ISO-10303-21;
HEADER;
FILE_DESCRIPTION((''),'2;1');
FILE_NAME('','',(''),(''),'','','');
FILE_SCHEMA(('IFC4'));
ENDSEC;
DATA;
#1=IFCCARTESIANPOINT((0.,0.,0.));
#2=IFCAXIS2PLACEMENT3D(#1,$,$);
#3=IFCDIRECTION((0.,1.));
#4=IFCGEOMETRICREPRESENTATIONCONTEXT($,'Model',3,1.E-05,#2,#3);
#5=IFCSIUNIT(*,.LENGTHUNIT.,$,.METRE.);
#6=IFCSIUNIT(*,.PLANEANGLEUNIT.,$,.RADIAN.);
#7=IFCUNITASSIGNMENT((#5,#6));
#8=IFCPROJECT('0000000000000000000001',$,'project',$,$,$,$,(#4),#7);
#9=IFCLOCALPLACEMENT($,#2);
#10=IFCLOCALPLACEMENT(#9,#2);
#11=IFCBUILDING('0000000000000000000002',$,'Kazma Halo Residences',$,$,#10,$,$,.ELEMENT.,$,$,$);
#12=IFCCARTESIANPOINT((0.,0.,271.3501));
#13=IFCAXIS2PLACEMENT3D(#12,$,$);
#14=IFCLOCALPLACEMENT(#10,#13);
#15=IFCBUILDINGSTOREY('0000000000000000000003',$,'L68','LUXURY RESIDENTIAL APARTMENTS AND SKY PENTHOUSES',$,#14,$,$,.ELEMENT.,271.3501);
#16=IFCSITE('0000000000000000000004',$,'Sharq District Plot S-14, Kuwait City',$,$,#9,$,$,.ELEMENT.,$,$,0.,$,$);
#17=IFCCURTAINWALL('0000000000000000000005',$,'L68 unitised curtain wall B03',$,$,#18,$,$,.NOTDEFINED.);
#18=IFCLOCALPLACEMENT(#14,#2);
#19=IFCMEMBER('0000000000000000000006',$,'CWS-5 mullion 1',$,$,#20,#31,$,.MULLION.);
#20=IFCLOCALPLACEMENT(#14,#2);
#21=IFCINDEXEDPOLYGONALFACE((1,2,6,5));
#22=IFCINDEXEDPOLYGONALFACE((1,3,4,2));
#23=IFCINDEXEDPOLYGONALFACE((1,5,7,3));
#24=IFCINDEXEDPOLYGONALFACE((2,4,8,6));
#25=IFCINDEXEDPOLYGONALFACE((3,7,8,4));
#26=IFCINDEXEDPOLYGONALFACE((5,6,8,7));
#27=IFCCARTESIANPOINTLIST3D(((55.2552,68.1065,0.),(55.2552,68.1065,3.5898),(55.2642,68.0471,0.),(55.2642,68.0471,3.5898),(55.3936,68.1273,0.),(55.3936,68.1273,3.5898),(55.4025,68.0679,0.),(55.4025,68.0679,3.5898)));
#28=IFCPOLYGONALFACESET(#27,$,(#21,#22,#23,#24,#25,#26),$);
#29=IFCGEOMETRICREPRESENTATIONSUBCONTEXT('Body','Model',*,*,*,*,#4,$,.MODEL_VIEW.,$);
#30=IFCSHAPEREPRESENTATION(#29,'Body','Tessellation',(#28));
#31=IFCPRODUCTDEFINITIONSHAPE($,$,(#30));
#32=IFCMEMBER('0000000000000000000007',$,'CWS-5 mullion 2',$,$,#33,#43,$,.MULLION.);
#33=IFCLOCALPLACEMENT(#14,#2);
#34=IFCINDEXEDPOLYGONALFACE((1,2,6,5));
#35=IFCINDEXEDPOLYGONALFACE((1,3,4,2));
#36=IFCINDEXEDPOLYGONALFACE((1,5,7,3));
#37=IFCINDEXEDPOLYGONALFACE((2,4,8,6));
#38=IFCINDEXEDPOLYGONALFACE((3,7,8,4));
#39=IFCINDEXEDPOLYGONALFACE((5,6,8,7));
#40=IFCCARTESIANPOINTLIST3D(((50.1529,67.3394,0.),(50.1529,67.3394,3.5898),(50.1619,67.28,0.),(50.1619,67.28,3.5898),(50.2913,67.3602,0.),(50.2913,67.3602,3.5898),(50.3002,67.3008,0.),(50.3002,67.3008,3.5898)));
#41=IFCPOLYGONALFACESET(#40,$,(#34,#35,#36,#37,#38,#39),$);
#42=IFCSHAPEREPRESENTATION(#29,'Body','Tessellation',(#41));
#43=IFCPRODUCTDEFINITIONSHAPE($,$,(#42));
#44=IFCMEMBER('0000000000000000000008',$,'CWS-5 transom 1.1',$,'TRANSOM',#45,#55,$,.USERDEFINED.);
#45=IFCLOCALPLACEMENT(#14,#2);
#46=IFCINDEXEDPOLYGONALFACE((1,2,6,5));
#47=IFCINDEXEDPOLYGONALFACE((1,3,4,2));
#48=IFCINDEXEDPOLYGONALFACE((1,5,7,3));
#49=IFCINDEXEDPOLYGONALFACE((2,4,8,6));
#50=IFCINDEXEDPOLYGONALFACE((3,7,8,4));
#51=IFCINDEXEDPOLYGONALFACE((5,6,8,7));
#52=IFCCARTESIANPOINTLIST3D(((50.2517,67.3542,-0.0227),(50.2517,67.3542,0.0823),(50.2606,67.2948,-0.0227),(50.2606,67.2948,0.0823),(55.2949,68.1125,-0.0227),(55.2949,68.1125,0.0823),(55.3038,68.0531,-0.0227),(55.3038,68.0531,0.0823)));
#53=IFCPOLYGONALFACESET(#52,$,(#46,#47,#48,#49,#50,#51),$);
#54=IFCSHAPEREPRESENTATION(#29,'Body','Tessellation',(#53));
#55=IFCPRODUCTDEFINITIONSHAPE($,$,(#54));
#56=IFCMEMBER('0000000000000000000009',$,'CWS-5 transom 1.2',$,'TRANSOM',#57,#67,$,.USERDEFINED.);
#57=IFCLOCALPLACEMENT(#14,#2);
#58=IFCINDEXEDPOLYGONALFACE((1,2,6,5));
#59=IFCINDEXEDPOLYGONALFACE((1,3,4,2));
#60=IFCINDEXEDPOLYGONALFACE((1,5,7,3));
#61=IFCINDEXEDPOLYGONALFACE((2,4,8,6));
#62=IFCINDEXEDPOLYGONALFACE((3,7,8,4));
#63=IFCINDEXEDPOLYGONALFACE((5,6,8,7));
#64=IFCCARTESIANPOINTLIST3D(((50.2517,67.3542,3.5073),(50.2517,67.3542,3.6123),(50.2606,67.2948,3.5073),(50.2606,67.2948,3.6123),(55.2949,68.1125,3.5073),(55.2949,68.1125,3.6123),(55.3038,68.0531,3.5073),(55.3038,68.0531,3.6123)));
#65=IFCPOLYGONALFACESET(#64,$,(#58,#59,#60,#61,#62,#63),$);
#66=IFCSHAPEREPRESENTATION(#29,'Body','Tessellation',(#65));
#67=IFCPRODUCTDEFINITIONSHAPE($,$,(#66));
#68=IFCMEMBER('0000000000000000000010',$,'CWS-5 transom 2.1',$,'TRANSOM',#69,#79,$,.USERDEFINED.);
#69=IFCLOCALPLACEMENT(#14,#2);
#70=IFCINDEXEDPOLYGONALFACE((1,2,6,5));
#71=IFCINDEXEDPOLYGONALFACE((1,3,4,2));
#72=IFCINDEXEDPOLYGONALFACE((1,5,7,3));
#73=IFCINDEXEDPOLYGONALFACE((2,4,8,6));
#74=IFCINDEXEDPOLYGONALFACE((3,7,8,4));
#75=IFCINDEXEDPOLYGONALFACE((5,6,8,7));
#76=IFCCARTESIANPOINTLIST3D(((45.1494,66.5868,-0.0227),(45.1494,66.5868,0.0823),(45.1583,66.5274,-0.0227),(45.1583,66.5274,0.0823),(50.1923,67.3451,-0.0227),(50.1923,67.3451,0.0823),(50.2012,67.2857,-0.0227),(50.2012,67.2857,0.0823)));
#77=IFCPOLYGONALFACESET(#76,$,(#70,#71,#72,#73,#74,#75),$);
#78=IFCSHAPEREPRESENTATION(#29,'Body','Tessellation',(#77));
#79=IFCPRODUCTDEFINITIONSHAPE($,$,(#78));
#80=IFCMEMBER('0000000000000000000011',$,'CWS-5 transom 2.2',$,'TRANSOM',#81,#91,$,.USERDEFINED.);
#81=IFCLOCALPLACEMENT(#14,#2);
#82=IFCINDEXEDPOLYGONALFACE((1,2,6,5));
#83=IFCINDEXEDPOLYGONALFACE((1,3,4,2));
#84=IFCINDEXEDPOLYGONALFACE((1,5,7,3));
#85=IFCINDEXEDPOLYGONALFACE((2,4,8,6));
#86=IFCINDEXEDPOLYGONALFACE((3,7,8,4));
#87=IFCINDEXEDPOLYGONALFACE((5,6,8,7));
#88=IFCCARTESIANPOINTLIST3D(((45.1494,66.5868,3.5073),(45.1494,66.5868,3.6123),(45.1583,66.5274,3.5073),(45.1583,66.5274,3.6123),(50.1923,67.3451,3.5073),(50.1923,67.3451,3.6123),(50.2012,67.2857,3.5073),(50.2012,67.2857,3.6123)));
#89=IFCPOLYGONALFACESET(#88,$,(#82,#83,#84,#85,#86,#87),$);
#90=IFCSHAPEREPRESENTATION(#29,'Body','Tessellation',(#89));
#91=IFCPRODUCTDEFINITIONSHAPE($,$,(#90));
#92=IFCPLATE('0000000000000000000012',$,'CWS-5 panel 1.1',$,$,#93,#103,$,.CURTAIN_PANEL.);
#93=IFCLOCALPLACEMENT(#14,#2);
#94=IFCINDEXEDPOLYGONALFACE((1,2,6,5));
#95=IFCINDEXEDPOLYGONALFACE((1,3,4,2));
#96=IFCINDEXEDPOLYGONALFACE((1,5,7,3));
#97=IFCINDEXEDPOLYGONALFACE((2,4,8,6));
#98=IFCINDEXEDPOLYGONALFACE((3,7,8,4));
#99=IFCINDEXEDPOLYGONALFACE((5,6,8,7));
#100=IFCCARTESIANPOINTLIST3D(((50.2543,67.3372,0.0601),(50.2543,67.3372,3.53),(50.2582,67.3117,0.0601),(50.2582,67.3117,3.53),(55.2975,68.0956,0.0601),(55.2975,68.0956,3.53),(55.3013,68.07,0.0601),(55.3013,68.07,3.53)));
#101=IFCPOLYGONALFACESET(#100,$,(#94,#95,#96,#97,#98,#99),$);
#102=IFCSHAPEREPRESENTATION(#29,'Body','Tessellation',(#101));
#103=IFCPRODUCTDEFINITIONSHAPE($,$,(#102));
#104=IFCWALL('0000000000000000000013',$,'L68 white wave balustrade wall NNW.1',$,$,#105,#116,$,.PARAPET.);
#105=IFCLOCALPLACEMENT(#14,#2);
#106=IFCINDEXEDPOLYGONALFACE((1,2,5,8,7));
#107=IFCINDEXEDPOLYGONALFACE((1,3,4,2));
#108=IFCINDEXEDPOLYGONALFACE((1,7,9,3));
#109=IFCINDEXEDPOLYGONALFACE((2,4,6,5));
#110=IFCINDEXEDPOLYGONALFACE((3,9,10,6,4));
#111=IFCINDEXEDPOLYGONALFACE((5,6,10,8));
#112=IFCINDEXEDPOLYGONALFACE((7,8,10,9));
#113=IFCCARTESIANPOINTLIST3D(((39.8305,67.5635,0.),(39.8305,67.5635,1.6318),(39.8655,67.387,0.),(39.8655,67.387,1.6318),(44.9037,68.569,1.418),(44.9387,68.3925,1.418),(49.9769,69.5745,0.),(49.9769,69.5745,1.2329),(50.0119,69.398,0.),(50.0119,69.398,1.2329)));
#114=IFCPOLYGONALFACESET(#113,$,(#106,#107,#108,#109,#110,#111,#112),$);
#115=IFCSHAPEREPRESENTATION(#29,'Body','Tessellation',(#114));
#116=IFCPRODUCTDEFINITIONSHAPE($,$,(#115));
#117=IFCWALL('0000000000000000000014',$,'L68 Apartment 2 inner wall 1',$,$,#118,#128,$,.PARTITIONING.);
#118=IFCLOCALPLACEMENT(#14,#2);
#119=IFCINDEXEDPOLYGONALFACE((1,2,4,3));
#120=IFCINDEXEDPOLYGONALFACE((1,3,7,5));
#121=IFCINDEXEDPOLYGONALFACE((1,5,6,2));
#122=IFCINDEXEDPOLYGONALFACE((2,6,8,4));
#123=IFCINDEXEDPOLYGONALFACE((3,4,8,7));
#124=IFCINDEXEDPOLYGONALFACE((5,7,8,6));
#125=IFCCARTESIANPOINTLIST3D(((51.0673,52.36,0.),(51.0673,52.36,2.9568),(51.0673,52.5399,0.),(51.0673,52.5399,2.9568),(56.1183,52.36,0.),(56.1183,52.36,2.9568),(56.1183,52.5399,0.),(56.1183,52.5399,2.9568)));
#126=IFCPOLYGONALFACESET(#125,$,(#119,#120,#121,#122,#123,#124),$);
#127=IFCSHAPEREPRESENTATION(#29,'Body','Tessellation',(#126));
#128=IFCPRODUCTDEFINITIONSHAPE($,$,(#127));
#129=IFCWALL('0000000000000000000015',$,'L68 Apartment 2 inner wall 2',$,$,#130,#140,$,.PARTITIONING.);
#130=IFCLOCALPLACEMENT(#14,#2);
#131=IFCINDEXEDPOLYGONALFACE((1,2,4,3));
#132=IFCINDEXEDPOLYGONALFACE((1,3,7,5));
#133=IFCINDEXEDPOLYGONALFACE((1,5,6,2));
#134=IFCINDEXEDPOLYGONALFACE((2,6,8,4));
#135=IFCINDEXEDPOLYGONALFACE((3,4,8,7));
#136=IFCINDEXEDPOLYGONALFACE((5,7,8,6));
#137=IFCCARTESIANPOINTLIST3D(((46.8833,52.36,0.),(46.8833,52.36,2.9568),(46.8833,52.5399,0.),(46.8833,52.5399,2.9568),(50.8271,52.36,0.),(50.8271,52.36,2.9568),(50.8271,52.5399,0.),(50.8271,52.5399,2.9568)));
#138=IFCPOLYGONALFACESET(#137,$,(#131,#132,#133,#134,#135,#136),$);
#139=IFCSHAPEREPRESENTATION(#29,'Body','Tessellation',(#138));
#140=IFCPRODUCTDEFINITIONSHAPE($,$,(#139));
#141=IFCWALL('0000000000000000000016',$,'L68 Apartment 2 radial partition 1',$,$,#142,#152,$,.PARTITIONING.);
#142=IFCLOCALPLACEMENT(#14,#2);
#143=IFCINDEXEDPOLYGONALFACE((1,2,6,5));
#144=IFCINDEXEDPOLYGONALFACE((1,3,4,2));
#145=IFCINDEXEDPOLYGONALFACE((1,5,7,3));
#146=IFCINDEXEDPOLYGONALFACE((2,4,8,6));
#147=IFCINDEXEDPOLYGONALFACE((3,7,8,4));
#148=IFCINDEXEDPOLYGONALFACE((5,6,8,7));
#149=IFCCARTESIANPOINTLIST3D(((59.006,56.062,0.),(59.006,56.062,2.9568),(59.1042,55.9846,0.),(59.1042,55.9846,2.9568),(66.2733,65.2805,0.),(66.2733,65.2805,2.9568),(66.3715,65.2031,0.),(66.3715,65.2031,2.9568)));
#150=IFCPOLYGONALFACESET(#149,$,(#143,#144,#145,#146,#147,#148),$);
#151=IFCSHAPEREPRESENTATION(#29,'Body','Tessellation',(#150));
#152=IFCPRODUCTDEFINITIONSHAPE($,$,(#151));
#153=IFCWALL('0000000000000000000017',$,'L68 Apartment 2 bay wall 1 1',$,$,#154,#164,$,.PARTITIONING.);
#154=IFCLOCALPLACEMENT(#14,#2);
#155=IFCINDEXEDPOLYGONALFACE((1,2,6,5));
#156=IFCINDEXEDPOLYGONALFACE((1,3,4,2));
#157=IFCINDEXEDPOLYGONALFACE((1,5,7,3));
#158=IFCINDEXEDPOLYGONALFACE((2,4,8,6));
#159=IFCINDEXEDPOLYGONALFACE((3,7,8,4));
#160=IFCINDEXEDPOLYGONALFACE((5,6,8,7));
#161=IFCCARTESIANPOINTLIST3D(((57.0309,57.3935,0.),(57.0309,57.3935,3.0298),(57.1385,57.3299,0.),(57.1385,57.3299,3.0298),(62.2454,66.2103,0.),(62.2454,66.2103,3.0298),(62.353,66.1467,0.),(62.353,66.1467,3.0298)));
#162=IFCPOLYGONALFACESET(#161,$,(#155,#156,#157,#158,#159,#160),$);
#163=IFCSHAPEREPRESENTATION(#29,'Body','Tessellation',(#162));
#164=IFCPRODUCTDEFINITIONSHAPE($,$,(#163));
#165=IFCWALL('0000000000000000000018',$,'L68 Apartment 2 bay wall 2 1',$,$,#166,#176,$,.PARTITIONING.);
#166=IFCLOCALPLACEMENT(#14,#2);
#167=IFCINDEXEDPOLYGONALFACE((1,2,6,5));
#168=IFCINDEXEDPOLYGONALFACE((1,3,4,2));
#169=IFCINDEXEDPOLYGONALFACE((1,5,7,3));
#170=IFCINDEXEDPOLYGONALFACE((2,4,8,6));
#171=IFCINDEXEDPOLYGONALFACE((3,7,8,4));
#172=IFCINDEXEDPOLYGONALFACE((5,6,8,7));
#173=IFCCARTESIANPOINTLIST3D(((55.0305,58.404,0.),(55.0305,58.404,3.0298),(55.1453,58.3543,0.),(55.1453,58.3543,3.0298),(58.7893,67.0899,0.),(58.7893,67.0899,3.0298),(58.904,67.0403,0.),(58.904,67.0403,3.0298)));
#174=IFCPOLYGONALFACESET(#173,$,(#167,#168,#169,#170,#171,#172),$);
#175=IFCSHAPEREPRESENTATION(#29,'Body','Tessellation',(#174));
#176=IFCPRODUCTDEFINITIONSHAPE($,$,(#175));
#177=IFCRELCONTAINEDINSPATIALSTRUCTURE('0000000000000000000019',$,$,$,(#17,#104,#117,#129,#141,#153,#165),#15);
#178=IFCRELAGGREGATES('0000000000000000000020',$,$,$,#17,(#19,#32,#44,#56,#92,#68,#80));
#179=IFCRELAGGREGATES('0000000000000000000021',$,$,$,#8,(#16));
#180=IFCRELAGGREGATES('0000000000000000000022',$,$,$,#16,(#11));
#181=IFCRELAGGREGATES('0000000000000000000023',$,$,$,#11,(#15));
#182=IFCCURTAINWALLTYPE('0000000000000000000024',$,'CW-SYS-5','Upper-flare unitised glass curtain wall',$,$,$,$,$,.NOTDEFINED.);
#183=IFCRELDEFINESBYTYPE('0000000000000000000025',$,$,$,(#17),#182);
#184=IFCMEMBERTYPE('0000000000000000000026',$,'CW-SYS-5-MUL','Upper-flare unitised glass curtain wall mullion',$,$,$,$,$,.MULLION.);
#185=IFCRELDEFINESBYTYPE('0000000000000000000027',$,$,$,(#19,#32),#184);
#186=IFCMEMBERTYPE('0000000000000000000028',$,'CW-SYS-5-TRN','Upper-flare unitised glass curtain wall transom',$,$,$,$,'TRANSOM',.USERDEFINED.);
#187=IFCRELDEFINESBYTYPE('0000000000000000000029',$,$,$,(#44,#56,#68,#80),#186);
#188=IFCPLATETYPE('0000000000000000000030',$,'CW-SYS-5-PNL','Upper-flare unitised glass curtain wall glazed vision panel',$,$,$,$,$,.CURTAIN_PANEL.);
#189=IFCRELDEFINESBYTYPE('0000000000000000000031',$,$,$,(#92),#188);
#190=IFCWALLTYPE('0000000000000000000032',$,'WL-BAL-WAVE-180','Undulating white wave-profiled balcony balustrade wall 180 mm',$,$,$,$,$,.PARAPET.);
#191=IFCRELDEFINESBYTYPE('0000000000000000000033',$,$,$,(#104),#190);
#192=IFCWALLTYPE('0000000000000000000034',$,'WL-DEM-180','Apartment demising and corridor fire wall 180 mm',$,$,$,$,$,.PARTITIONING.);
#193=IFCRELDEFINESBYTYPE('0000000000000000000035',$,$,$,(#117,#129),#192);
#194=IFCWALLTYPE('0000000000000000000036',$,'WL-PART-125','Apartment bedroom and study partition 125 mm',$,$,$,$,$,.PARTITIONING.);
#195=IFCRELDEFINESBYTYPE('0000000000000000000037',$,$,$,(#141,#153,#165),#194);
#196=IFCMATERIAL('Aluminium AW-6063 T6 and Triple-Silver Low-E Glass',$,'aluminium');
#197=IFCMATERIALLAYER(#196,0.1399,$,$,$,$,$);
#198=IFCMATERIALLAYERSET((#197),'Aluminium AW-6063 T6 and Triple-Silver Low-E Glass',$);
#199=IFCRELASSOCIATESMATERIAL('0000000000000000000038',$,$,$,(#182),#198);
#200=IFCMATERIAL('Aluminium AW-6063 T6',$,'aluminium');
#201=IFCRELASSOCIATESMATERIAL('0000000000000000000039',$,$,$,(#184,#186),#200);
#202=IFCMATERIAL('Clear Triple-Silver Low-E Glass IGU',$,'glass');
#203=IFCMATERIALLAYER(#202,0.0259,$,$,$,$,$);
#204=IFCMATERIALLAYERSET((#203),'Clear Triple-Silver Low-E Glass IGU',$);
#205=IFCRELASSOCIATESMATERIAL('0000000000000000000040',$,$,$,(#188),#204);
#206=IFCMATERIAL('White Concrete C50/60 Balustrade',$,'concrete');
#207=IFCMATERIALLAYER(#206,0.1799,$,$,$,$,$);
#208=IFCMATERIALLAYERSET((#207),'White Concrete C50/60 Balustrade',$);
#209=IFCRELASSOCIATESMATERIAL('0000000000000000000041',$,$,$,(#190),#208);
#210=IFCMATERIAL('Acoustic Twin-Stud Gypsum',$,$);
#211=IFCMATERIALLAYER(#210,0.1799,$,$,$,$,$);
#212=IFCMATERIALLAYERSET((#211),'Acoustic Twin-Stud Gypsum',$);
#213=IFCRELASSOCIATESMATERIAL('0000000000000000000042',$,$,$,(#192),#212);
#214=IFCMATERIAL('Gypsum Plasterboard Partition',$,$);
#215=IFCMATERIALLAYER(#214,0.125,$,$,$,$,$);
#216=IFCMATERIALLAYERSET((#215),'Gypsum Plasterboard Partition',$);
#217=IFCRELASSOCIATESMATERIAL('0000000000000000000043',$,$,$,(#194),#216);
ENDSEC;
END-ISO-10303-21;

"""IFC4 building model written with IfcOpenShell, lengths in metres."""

from ifc_helpers import new_model, si_unit, direction, frame, frame_2d, origin, origin_2d, place, context, subcontext, project, spatial, polyline, rectangle, outline, extrude, material, layer, layer_set, material_profile, profile_set, type_object, element, aggregate, save


model = new_model("IFC4")

# Units and contexts
model_context = context("Model", 3, precision=1e-05, world=origin(), true_north=direction((0.0, 1.0)))
body_context = subcontext(model_context, "Body", "Model", "MODEL_VIEW")
ifc_project = project(units=[si_unit("LENGTHUNIT", "METRE"), si_unit("PLANEANGLEUNIT", "RADIAN")], contexts=[model_context])

# Site, building, storey
site_placement = place(None, origin())
site = spatial("IfcSite", under=ifc_project, at=site_placement, Name="Sharq District Plot S-14, Kuwait City", CompositionType="ELEMENT", RefElevation=0.0)
building_placement = place(site_placement, origin())
building = spatial("IfcBuilding", under=site, at=building_placement, Name="Kazma Halo Residences", CompositionType="ELEMENT")
storey_placement = place(building_placement, frame((0.0, 0.0, 271.3501)))
storey = spatial("IfcBuildingStorey", under=building, at=storey_placement, Name="L68", Description="LUXURY RESIDENTIAL APARTMENTS AND SKY PENTHOUSES", CompositionType="ELEMENT", Elevation=271.3501)

# Curtain wall, members, plate
ifc_material_1 = material(Name="Aluminium AW-6063 T6 and Triple-Silver Low-E Glass", Category="aluminium")
ifc_layer_1 = layer(ifc_material_1, 0.1399)
ifc_layer_set_1 = layer_set([ifc_layer_1], Name="Aluminium AW-6063 T6 and Triple-Silver Low-E Glass")
curtain_wall_type = type_object("IfcCurtainWallType", Name="CW-SYS-5", Description="Upper-flare unitised glass curtain wall", PredefinedType="NOTDEFINED", material=ifc_layer_set_1)
curtain_wall_placement = place(storey_placement, origin())
curtain_wall = element("IfcCurtainWall", 1, at=curtain_wall_placement, inside=storey, type_object=curtain_wall_type, Name="L68 unitised curtain wall B03", PredefinedType="NOTDEFINED")
ifc_material_2 = material(Name="Aluminium AW-6063 T6", Category="aluminium")
ifc_material_profile_1 = material_profile(ifc_material_2, rectangle(XDim=0.0601, YDim=0.1399, at=origin_2d()), Name="CWM-60x140")
ifc_profile_set_1 = profile_set([ifc_material_profile_1], Name="Aluminium AW-6063 T6")
member_type_1 = type_object("IfcMemberType", Name="CW-SYS-5-MUL", Description="Upper-flare unitised glass curtain wall mullion", PredefinedType="MULLION", material=ifc_profile_set_1)
member_1_placement = place(storey_placement, frame((55.3289, 68.0872, 0.0), z_axis=(0.0, 0.0, 1.0), x_axis=(0.148697, -0.988883, 0.0)))
member_1 = element("IfcMember", 2, at=member_1_placement, type_object=member_type_1, Name="CWS-5 mullion 1", PredefinedType="MULLION", context=body_context, shape_type="SweptSolid", body=[
    extrude(rectangle(XDim=0.0601, YDim=0.1399, at=origin_2d()), origin(), (0.0, 0.0, 1.0), 3.5898),
])
member_2_placement = place(storey_placement, frame((50.2266, 67.3201, 0.0), z_axis=(0.0, 0.0, 1.0), x_axis=(0.148697, -0.988883, 0.0)))
member_2 = element("IfcMember", 3, at=member_2_placement, type_object=member_type_1, Name="CWS-5 mullion 2", PredefinedType="MULLION", context=body_context, shape_type="SweptSolid", body=[
    extrude(rectangle(XDim=0.0601, YDim=0.1399, at=origin_2d()), origin(), (0.0, 0.0, 1.0), 3.5898),
])
ifc_material_profile_2 = material_profile(ifc_material_2, rectangle(XDim=0.0601, YDim=0.105, at=origin_2d()), Name="CWT-60x105")
ifc_profile_set_2 = profile_set([ifc_material_profile_2], Name="Aluminium AW-6063 T6")
member_type_2 = type_object("IfcMemberType", Name="CW-SYS-5-TRN", Description="Upper-flare unitised glass curtain wall transom", ElementType="TRANSOM", PredefinedType="USERDEFINED", material=ifc_profile_set_2)
member_3_placement = place(storey_placement, frame((55.2993, 68.0828, 0.0298), z_axis=(-0.988884, -0.148689, 0.0), x_axis=(0.148689, -0.988884, 0.0)))
member_3 = element("IfcMember", 4, at=member_3_placement, type_object=member_type_2, Name="CWS-5 transom 1.1", ObjectType="TRANSOM", PredefinedType="USERDEFINED", context=body_context, shape_type="SweptSolid", body=[
    extrude(rectangle(XDim=0.0601, YDim=0.105, at=origin_2d()), origin(), (0.0, 0.0, 1.0), 5.0999),
])
member_4_placement = place(storey_placement, frame((55.2993, 68.0828, 3.5598), z_axis=(-0.988884, -0.148689, 0.0), x_axis=(0.148689, -0.988884, 0.0)))
member_4 = element("IfcMember", 5, at=member_4_placement, type_object=member_type_2, Name="CWS-5 transom 1.2", ObjectType="TRANSOM", PredefinedType="USERDEFINED", context=body_context, shape_type="SweptSolid", body=[
    extrude(rectangle(XDim=0.0601, YDim=0.105, at=origin_2d()), origin(), (0.0, 0.0, 1.0), 5.0999),
])
member_5_placement = place(storey_placement, frame((50.1968, 67.3154, 0.0298), z_axis=(-0.988883, -0.148696, 0.0), x_axis=(0.148696, -0.988883, 0.0)))
member_5 = element("IfcMember", 6, at=member_5_placement, type_object=member_type_2, Name="CWS-5 transom 2.1", ObjectType="TRANSOM", PredefinedType="USERDEFINED", context=body_context, shape_type="SweptSolid", body=[
    extrude(rectangle(XDim=0.0601, YDim=0.105, at=origin_2d()), origin(), (0.0, 0.0, 1.0), 5.0996),
])
member_6_placement = place(storey_placement, frame((50.1968, 67.3154, 3.5598), z_axis=(-0.988883, -0.148696, 0.0), x_axis=(0.148696, -0.988883, 0.0)))
member_6 = element("IfcMember", 7, at=member_6_placement, type_object=member_type_2, Name="CWS-5 transom 2.2", ObjectType="TRANSOM", PredefinedType="USERDEFINED", context=body_context, shape_type="SweptSolid", body=[
    extrude(rectangle(XDim=0.0601, YDim=0.105, at=origin_2d()), origin(), (0.0, 0.0, 1.0), 5.0996),
])
ifc_material_3 = material(Name="Clear Triple-Silver Low-E Glass IGU", Category="glass")
ifc_layer_2 = layer(ifc_material_3, 0.0259)
ifc_layer_set_2 = layer_set([ifc_layer_2], Name="Clear Triple-Silver Low-E Glass IGU")
plate_type = type_object("IfcPlateType", Name="CW-SYS-5-PNL", Description="Upper-flare unitised glass curtain wall glazed vision panel", PredefinedType="CURTAIN_PANEL", material=ifc_layer_set_2)
plate_placement = place(storey_placement, frame((52.7778, 67.7036, 0.0601), z_axis=(0.0, 0.0, 1.0), x_axis=(-0.988883, -0.148697, 0.0)))
plate = element("IfcPlate", 8, at=plate_placement, type_object=plate_type, Name="CWS-5 panel 1.1", PredefinedType="CURTAIN_PANEL", context=body_context, shape_type="SweptSolid", body=[
    extrude(rectangle(XDim=5.0999, YDim=0.0259, at=origin_2d()), origin(), (0.0, 0.0, 1.0), 3.47),
])
aggregate(curtain_wall, [member_1, member_2, member_3, member_4, plate, member_5, member_6])

# Walls
ifc_material_4 = material(Name="White Concrete C50/60 Balustrade", Category="concrete")
ifc_layer_3 = layer(ifc_material_4, 0.1799)
ifc_layer_set_3 = layer_set([ifc_layer_3], Name="White Concrete C50/60 Balustrade")
wall_type_1 = type_object("IfcWallType", Name="WL-BAL-WAVE-180", Description="Undulating white wave-profiled balcony balustrade wall 180 mm", PredefinedType="PARAPET", material=ifc_layer_set_3)
wall_1_placement = place(storey_placement, frame((49.9944, 69.4861, 0.0), z_axis=(0.0, 0.0, 1.0), x_axis=(-0.98092, -0.194414, 0.0)))
element("IfcWall", 9, at=wall_1_placement, inside=storey, type_object=wall_type_1, Name="L68 white wave balustrade wall NNW.1", PredefinedType="PARAPET", context=body_context, shape_type="SweptSolid", body=[
    extrude(outline(polyline([(0.0, 0.0), (10.3438, 0.0), (10.3438, 1.6318), (5.1719, 1.418), (0.0, 1.2329), (0.0, 0.0)])), frame((0.0, 0.0898, 0.0), z_axis=(0.0, -1.0, 0.0), x_axis=(1.0, 0.0, 0.0)), (0.0, 0.0, 1.0), 0.1799),
])
ifc_material_5 = material(Name="Acoustic Twin-Stud Gypsum")
ifc_layer_4 = layer(ifc_material_5, 0.1799)
ifc_layer_set_4 = layer_set([ifc_layer_4], Name="Acoustic Twin-Stud Gypsum")
wall_type_2 = type_object("IfcWallType", Name="WL-DEM-180", Description="Apartment demising and corridor fire wall 180 mm", PredefinedType="PARTITIONING", material=ifc_layer_set_4)
wall_2_placement = place(storey_placement, frame((56.1182, 52.45, 0.0), z_axis=(0.0, 0.0, 1.0), x_axis=(-1.0, 0.0, 0.0)))
element("IfcWall", 10, at=wall_2_placement, inside=storey, type_object=wall_type_2, Name="L68 Apartment 2 inner wall 1", PredefinedType="PARTITIONING", context=body_context, shape_type="SweptSolid", body=[
    extrude(rectangle(XDim=5.051, YDim=0.1799, at=frame_2d((2.5254, 0.0))), origin(), (0.0, 0.0, 1.0), 2.9568),
])
wall_3_placement = place(storey_placement, frame((50.8271, 52.45, 0.0), z_axis=(0.0, 0.0, 1.0), x_axis=(-1.0, 0.0, 0.0)))
element("IfcWall", 11, at=wall_3_placement, inside=storey, type_object=wall_type_2, Name="L68 Apartment 2 inner wall 2", PredefinedType="PARTITIONING", context=body_context, shape_type="SweptSolid", body=[
    extrude(rectangle(XDim=3.9438, YDim=0.1799, at=frame_2d((1.9719, 0.0))), origin(), (0.0, 0.0, 1.0), 2.9568),
])
ifc_material_6 = material(Name="Gypsum Plasterboard Partition")
ifc_layer_5 = layer(ifc_material_6, 0.125)
ifc_layer_set_5 = layer_set([ifc_layer_5], Name="Gypsum Plasterboard Partition")
wall_type_3 = type_object("IfcWallType", Name="WL-PART-125", Description="Apartment bedroom and study partition 125 mm", PredefinedType="PARTITIONING", material=ifc_layer_set_5)
wall_4_placement = place(storey_placement, frame((59.0552, 56.0234, 0.0), z_axis=(0.0, 0.0, 1.0), x_axis=(0.619097, 0.785315, 0.0)))
element("IfcWall", 12, at=wall_4_placement, inside=storey, type_object=wall_type_3, Name="L68 Apartment 2 radial partition 1", PredefinedType="PARTITIONING", context=body_context, shape_type="SweptSolid", body=[
    extrude(rectangle(XDim=11.7385, YDim=0.125, at=frame_2d((5.8691, 0.0))), origin(), (0.0, 0.0, 1.0), 2.9568),
])
wall_5_placement = place(storey_placement, frame((57.0847, 57.3618, 0.0), z_axis=(0.0, 0.0, 1.0), x_axis=(0.509063, 0.860729, 0.0)))
element("IfcWall", 13, at=wall_5_placement, inside=storey, type_object=wall_type_3, Name="L68 Apartment 2 bay wall 1 1", PredefinedType="PARTITIONING", context=body_context, shape_type="SweptSolid", body=[
    extrude(rectangle(XDim=10.2434, YDim=0.125, at=frame_2d((5.1216, 0.0))), origin(), (0.0, 0.0, 1.0), 3.0298),
])
wall_6_placement = place(storey_placement, frame((55.0879, 58.3792, 0.0), z_axis=(0.0, 0.0, 1.0), x_axis=(0.397148, 0.917754, 0.0)))
element("IfcWall", 14, at=wall_6_placement, inside=storey, type_object=wall_type_3, Name="L68 Apartment 2 bay wall 2 1", PredefinedType="PARTITIONING", context=body_context, shape_type="SweptSolid", body=[
    extrude(rectangle(XDim=9.4644, YDim=0.125, at=frame_2d((4.7322, 0.0))), origin(), (0.0, 0.0, 1.0), 3.0298),
])

save(model, "model.ifc")
